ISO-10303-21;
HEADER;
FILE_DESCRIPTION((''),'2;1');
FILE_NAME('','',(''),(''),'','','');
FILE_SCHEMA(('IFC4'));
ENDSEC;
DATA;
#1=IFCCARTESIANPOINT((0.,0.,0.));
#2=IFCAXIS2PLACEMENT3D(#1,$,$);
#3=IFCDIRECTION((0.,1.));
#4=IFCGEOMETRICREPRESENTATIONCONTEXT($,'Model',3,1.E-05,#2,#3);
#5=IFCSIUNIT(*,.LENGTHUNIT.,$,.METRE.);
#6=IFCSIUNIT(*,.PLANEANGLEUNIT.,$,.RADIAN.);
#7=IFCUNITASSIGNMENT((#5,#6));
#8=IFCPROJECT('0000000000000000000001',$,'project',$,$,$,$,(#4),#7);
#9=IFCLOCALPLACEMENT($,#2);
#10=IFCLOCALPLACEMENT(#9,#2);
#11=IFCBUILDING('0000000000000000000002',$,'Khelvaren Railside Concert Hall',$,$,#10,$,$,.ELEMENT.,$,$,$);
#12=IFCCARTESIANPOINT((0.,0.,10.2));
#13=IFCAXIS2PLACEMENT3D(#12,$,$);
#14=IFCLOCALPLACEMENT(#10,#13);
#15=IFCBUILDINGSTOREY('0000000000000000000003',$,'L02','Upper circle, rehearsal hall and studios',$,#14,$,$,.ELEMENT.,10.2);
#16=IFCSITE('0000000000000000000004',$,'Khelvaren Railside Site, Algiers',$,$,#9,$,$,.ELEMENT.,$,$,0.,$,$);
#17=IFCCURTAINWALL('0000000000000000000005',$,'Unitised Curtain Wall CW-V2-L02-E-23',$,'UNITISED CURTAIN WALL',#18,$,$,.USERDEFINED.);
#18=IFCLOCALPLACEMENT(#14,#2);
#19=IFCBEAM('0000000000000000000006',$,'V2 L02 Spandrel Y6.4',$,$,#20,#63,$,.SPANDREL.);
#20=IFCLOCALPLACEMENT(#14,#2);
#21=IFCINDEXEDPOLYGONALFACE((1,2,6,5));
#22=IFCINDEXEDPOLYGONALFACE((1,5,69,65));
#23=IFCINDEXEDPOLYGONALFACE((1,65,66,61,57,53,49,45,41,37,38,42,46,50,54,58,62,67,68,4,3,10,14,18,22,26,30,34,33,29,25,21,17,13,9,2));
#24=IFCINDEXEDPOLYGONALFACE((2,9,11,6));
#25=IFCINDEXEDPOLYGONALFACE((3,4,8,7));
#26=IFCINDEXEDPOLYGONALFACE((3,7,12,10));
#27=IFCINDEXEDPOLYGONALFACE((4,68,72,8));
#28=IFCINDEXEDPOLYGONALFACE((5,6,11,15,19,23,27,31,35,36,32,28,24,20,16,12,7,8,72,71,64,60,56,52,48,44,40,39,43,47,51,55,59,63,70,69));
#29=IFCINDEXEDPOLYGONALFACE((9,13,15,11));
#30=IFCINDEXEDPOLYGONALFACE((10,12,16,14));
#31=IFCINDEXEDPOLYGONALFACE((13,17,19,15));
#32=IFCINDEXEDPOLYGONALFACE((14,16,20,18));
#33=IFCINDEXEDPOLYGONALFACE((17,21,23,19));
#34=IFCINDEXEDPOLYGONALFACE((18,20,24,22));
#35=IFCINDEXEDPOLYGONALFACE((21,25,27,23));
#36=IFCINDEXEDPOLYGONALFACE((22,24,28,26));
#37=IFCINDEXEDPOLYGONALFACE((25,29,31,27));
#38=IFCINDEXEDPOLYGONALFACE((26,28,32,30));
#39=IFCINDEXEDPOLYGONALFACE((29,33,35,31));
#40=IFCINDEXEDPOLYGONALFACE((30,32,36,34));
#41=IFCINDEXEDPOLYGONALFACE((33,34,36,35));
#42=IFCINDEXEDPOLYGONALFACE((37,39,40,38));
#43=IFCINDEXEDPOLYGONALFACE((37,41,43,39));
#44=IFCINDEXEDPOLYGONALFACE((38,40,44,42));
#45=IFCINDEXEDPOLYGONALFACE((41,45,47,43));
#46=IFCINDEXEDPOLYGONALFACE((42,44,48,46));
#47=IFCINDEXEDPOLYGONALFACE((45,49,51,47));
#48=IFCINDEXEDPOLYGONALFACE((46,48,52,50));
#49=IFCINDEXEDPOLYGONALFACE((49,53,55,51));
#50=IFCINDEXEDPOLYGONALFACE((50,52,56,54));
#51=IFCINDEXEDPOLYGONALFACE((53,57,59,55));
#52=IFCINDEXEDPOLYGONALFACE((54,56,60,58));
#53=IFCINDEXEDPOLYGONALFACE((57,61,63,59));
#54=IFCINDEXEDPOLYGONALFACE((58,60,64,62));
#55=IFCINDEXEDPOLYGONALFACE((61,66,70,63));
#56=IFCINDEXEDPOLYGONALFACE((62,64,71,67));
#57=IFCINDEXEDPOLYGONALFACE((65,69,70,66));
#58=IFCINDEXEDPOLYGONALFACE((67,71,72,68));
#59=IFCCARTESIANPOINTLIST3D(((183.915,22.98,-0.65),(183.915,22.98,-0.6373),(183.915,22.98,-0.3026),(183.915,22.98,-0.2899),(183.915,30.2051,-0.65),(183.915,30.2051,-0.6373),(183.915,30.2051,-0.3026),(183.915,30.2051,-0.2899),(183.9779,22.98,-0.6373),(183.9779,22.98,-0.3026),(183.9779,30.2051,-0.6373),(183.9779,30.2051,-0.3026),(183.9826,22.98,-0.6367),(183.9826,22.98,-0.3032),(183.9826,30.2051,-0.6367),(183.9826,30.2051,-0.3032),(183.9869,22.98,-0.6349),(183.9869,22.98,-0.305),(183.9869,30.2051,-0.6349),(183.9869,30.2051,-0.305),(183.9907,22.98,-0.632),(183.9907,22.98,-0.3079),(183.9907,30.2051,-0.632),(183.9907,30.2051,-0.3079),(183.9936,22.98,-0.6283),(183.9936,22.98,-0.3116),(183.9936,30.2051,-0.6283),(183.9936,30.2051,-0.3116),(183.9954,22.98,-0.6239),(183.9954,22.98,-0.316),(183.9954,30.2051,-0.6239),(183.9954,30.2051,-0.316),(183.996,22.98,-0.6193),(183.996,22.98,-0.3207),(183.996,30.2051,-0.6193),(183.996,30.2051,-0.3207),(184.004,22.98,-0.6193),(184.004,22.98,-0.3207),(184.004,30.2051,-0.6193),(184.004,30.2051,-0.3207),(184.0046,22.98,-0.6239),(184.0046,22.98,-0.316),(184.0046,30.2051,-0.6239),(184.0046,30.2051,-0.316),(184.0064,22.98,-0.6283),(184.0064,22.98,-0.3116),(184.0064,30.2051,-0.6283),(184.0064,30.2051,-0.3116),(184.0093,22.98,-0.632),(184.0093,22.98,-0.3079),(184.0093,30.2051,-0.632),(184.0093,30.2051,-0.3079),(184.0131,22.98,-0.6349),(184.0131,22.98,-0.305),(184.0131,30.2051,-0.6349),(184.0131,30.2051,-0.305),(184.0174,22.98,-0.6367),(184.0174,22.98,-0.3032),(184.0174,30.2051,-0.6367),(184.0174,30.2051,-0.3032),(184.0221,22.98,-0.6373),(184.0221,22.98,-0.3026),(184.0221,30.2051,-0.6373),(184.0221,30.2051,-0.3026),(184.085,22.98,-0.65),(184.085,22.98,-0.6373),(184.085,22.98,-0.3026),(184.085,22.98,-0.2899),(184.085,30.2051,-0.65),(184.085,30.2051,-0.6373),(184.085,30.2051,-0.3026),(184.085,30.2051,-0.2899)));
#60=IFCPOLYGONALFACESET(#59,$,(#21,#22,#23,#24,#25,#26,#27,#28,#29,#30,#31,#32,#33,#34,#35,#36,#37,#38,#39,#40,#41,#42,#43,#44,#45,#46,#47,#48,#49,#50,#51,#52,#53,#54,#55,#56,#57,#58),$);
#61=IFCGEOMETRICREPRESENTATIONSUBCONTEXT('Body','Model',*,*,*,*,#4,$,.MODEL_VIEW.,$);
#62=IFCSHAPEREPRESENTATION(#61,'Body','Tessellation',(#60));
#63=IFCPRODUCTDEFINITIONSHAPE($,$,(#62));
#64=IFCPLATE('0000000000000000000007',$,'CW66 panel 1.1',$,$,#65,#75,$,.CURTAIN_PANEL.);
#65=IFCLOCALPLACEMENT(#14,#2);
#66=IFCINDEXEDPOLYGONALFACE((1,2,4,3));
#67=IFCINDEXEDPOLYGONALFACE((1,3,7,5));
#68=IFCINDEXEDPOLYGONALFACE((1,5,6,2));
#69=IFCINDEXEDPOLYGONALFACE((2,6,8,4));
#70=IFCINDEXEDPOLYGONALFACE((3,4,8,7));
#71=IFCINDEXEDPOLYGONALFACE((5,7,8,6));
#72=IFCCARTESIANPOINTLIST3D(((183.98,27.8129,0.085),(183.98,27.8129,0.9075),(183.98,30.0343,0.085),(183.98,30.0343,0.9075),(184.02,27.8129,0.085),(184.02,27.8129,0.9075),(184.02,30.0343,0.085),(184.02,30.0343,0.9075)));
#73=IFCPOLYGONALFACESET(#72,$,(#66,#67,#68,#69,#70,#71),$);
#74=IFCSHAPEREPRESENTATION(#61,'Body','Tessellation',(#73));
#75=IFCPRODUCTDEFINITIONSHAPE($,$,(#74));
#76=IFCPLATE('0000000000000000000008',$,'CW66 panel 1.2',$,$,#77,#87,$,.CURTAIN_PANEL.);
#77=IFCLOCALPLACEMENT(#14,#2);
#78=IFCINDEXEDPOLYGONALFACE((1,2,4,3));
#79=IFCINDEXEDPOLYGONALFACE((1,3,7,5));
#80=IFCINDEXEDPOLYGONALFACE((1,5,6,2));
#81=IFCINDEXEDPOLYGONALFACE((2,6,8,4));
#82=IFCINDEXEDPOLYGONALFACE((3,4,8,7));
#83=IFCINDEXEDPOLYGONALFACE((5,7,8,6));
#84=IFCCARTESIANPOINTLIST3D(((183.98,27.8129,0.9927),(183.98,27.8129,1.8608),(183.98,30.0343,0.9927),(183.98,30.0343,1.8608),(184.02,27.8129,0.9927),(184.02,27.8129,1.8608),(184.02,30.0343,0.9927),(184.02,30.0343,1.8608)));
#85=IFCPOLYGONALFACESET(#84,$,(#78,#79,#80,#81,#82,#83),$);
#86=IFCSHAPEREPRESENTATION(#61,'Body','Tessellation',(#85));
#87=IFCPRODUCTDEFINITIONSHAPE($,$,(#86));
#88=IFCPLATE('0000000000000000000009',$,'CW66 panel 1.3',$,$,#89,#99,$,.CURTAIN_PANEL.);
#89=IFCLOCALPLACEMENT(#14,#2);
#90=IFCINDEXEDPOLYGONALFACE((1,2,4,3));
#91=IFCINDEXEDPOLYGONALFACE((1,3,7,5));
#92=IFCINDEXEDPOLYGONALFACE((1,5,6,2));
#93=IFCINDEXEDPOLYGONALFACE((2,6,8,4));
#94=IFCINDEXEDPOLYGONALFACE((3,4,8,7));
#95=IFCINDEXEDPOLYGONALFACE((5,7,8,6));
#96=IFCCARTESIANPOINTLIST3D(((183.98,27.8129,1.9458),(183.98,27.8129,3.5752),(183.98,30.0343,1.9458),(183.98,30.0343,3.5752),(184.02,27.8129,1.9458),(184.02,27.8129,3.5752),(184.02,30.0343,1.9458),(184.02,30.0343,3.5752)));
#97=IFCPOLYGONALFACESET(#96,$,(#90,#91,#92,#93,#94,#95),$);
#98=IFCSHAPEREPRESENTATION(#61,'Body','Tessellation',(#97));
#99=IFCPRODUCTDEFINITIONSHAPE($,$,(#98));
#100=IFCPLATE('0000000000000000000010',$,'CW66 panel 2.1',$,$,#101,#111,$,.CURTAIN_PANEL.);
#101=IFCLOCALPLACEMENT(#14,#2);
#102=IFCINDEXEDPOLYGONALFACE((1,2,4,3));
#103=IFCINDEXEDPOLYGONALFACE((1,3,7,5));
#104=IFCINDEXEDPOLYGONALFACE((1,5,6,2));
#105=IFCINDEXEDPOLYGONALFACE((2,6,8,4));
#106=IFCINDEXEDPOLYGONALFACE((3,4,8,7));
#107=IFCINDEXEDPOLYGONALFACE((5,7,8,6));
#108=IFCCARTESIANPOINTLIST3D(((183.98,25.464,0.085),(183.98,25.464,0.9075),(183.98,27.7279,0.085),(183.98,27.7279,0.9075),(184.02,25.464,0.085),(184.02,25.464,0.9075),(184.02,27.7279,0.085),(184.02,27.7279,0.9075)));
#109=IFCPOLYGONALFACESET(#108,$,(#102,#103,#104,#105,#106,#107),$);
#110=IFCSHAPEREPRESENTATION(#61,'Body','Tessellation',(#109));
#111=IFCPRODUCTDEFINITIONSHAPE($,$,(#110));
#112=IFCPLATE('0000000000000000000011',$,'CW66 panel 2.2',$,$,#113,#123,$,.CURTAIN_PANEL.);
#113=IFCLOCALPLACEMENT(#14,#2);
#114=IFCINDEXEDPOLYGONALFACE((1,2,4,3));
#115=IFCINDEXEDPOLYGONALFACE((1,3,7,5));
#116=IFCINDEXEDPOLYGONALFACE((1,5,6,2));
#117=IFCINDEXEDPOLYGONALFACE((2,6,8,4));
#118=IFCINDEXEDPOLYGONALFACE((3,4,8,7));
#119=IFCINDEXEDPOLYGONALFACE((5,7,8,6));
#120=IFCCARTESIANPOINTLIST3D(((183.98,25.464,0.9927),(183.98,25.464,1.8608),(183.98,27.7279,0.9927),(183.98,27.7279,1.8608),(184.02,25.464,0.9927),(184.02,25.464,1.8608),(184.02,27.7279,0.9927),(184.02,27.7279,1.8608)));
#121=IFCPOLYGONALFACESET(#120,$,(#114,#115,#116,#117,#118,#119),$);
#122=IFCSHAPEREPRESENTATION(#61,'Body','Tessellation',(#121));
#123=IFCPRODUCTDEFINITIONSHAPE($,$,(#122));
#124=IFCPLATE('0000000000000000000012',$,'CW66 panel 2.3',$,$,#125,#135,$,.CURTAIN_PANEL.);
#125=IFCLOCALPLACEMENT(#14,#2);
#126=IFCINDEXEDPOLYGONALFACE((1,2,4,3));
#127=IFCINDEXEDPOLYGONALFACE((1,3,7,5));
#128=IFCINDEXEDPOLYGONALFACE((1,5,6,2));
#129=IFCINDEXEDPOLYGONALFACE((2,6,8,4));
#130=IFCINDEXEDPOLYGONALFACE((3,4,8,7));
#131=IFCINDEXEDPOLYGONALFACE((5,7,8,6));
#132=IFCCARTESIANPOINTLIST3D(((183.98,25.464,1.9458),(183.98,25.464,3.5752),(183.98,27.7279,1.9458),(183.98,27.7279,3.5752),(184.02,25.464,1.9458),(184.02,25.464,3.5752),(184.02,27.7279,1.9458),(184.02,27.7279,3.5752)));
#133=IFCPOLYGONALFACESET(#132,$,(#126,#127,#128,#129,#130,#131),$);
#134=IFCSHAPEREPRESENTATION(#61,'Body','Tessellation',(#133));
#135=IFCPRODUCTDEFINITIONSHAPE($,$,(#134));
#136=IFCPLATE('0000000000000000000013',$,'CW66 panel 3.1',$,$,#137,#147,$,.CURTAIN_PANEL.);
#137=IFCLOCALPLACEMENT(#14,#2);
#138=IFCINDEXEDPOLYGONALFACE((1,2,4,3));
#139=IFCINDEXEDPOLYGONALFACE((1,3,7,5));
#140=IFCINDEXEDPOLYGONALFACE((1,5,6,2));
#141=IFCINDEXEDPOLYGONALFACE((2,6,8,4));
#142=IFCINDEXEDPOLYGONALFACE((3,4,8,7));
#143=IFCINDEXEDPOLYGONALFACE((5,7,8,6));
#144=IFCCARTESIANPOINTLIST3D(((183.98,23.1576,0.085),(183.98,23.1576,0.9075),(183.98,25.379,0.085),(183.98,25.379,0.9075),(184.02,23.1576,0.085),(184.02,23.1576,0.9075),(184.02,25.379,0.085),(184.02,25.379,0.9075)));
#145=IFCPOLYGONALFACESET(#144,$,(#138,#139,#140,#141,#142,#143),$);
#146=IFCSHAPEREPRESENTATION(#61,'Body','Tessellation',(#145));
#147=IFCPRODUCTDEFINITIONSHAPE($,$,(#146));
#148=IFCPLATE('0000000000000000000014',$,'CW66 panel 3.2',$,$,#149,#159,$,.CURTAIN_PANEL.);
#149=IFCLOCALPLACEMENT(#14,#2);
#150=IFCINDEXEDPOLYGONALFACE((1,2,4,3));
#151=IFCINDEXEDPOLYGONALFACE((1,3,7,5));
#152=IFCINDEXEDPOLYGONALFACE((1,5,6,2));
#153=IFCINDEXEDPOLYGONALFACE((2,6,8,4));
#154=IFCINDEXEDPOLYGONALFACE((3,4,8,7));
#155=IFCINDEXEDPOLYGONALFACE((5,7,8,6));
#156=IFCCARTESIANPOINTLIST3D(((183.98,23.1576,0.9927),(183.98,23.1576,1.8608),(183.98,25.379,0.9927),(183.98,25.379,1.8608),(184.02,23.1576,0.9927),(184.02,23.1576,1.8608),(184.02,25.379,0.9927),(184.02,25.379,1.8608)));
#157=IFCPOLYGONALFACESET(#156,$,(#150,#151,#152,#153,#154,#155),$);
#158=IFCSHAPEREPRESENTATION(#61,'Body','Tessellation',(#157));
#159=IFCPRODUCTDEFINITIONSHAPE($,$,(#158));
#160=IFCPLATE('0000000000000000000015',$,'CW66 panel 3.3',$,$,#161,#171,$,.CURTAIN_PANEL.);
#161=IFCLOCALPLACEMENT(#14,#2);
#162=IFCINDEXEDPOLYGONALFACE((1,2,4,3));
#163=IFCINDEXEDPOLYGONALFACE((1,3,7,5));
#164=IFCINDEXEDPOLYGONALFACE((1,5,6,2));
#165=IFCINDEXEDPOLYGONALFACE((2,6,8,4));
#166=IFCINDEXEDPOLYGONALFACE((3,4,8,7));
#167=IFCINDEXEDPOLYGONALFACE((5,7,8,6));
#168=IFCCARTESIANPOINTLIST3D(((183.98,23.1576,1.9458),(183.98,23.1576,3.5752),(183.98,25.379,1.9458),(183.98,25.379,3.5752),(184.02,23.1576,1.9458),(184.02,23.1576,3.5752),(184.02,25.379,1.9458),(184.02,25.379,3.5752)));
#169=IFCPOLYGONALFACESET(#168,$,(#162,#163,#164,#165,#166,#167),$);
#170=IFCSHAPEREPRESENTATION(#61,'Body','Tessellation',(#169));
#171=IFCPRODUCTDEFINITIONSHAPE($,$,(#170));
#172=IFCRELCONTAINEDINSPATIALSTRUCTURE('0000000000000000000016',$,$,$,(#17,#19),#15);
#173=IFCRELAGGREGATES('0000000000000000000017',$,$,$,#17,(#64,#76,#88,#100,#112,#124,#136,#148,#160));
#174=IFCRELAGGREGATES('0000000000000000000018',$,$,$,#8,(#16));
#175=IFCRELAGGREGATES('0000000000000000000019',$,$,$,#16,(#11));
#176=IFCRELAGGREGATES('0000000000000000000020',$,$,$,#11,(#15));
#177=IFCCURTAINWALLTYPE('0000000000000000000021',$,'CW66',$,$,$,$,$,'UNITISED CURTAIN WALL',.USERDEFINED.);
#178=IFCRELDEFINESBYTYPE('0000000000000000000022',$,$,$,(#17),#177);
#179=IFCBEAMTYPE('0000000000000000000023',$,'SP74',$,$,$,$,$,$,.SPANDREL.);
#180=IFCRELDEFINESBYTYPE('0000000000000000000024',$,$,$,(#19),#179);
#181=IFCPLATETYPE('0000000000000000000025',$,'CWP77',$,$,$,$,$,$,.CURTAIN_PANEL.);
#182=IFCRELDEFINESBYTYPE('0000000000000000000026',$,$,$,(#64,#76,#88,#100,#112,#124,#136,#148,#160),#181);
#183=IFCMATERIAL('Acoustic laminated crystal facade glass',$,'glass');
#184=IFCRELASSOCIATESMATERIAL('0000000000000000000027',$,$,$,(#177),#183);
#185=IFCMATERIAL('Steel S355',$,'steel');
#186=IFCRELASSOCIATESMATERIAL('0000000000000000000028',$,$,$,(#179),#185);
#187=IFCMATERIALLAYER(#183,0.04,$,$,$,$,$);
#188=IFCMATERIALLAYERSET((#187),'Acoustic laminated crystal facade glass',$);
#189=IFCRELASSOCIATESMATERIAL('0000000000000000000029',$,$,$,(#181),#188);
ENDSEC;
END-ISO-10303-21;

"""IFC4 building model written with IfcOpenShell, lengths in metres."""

from ifc_helpers import new_model, si_unit, direction, frame, origin, origin_2d, place, context, subcontext, project, spatial, rectangle, i_section, extrude, material, layer, layer_set, material_profile, profile_set, type_object, element, aggregate, save


model = new_model("IFC4")

# Units and contexts
model_context = context("Model", 3, precision=1e-05, world=origin(), true_north=direction((0.0, 1.0)))
body_context = subcontext(model_context, "Body", "Model", "MODEL_VIEW")
ifc_project = project(units=[si_unit("LENGTHUNIT", "METRE"), si_unit("PLANEANGLEUNIT", "RADIAN")], contexts=[model_context])

# Site, building, storey
site_placement = place(None, origin())
site = spatial("IfcSite", under=ifc_project, at=site_placement, Name="Khelvaren Railside Site, Algiers", CompositionType="ELEMENT", RefElevation=0.0)
building_placement = place(site_placement, origin())
building = spatial("IfcBuilding", under=site, at=building_placement, Name="Khelvaren Railside Concert Hall", CompositionType="ELEMENT")
storey_placement = place(building_placement, frame((0.0, 0.0, 10.2)))
storey = spatial("IfcBuildingStorey", under=building, at=storey_placement, Name="L02", Description="Upper circle, rehearsal hall and studios", CompositionType="ELEMENT", Elevation=10.2)

# Curtain wall
ifc_material_1 = material(Name="Acoustic laminated crystal facade glass", Category="glass")
curtain_wall_type = type_object("IfcCurtainWallType", Name="CW66", ElementType="UNITISED CURTAIN WALL", PredefinedType="USERDEFINED", material=ifc_material_1)
curtain_wall_placement = place(storey_placement, origin())
curtain_wall = element("IfcCurtainWall", 1, at=curtain_wall_placement, inside=storey, type_object=curtain_wall_type, Name="Unitised Curtain Wall CW-V2-L02-E-23", ObjectType="UNITISED CURTAIN WALL", PredefinedType="USERDEFINED")

# Beam
ifc_material_2 = material(Name="Steel S355", Category="steel")
ifc_material_profile_1 = material_profile(ifc_material_2, i_section(OverallWidth=0.1699, OverallDepth=0.3601, WebThickness=0.0081, FlangeThickness=0.0127, FilletRadius=0.0181, at=origin_2d()), Name="IPE 360")
ifc_profile_set_1 = profile_set([ifc_material_profile_1], Name="Steel S355")
beam_type_1 = type_object("IfcBeamType", Name="SP74", PredefinedType="SPANDREL", material=ifc_profile_set_1)
beam_1_placement = place(storey_placement, frame((184.0, 22.98, -0.47), z_axis=(0.0, 1.0, 0.0), x_axis=(-1.0, 0.0, 0.0)))
element("IfcBeam", 2, at=beam_1_placement, inside=storey, type_object=beam_type_1, Name="V2 L02 Spandrel Y6.4", PredefinedType="SPANDREL", context=body_context, shape_type="SweptSolid", body=[
    extrude(i_section(OverallWidth=0.1699, OverallDepth=0.3601, WebThickness=0.0081, FlangeThickness=0.0127, FilletRadius=0.0181, at=origin_2d()), origin(), (0.0, 0.0, 1.0), 7.2251),
])

# Plates
ifc_layer_1 = layer(ifc_material_1, 0.04)
ifc_layer_set_1 = layer_set([ifc_layer_1], Name="Acoustic laminated crystal facade glass")
plate_type = type_object("IfcPlateType", Name="CWP77", PredefinedType="CURTAIN_PANEL", material=ifc_layer_set_1)
plate_1_placement = place(storey_placement, frame((184.0, 28.9236, 0.085), z_axis=(0.0, 0.0, 1.0), x_axis=(0.0, -1.0, 0.0)))
plate_1 = element("IfcPlate", 3, at=plate_1_placement, type_object=plate_type, Name="CW66 panel 1.1", PredefinedType="CURTAIN_PANEL", context=body_context, shape_type="SweptSolid", body=[
    extrude(rectangle(XDim=2.2214, YDim=0.04, at=origin_2d()), origin(), (0.0, 0.0, 1.0), 0.8225),
])
plate_2_placement = place(storey_placement, frame((184.0, 28.9236, 0.9927), z_axis=(0.0, 0.0, 1.0), x_axis=(0.0, -1.0, 0.0)))
plate_2 = element("IfcPlate", 4, at=plate_2_placement, type_object=plate_type, Name="CW66 panel 1.2", PredefinedType="CURTAIN_PANEL", context=body_context, shape_type="SweptSolid", body=[
    extrude(rectangle(XDim=2.2214, YDim=0.04, at=origin_2d()), origin(), (0.0, 0.0, 1.0), 0.8682),
])
plate_3_placement = place(storey_placement, frame((184.0, 28.9236, 1.9458), z_axis=(0.0, 0.0, 1.0), x_axis=(0.0, -1.0, 0.0)))
plate_3 = element("IfcPlate", 5, at=plate_3_placement, type_object=plate_type, Name="CW66 panel 1.3", PredefinedType="CURTAIN_PANEL", context=body_context, shape_type="SweptSolid", body=[
    extrude(rectangle(XDim=2.2214, YDim=0.04, at=origin_2d()), origin(), (0.0, 0.0, 1.0), 1.6294),
])
plate_4_placement = place(storey_placement, frame((184.0, 26.5959, 0.085), z_axis=(0.0, 0.0, 1.0), x_axis=(0.0, -1.0, 0.0)))
plate_4 = element("IfcPlate", 6, at=plate_4_placement, type_object=plate_type, Name="CW66 panel 2.1", PredefinedType="CURTAIN_PANEL", context=body_context, shape_type="SweptSolid", body=[
    extrude(rectangle(XDim=2.2639, YDim=0.04, at=origin_2d()), origin(), (0.0, 0.0, 1.0), 0.8225),
])
plate_5_placement = place(storey_placement, frame((184.0, 26.5959, 0.9927), z_axis=(0.0, 0.0, 1.0), x_axis=(0.0, -1.0, 0.0)))
plate_5 = element("IfcPlate", 7, at=plate_5_placement, type_object=plate_type, Name="CW66 panel 2.2", PredefinedType="CURTAIN_PANEL", context=body_context, shape_type="SweptSolid", body=[
    extrude(rectangle(XDim=2.2639, YDim=0.04, at=origin_2d()), origin(), (0.0, 0.0, 1.0), 0.8682),
])
plate_6_placement = place(storey_placement, frame((184.0, 26.5959, 1.9458), z_axis=(0.0, 0.0, 1.0), x_axis=(0.0, -1.0, 0.0)))
plate_6 = element("IfcPlate", 8, at=plate_6_placement, type_object=plate_type, Name="CW66 panel 2.3", PredefinedType="CURTAIN_PANEL", context=body_context, shape_type="SweptSolid", body=[
    extrude(rectangle(XDim=2.2639, YDim=0.04, at=origin_2d()), origin(), (0.0, 0.0, 1.0), 1.6294),
])
plate_7_placement = place(storey_placement, frame((184.0, 24.2683, 0.085), z_axis=(0.0, 0.0, 1.0), x_axis=(0.0, -1.0, 0.0)))
plate_7 = element("IfcPlate", 9, at=plate_7_placement, type_object=plate_type, Name="CW66 panel 3.1", PredefinedType="CURTAIN_PANEL", context=body_context, shape_type="SweptSolid", body=[
    extrude(rectangle(XDim=2.2214, YDim=0.04, at=origin_2d()), origin(), (0.0, 0.0, 1.0), 0.8225),
])
plate_8_placement = place(storey_placement, frame((184.0, 24.2683, 0.9927), z_axis=(0.0, 0.0, 1.0), x_axis=(0.0, -1.0, 0.0)))
plate_8 = element("IfcPlate", 10, at=plate_8_placement, type_object=plate_type, Name="CW66 panel 3.2", PredefinedType="CURTAIN_PANEL", context=body_context, shape_type="SweptSolid", body=[
    extrude(rectangle(XDim=2.2214, YDim=0.04, at=origin_2d()), origin(), (0.0, 0.0, 1.0), 0.8682),
])
plate_9_placement = place(storey_placement, frame((184.0, 24.2683, 1.9458), z_axis=(0.0, 0.0, 1.0), x_axis=(0.0, -1.0, 0.0)))
plate_9 = element("IfcPlate", 11, at=plate_9_placement, type_object=plate_type, Name="CW66 panel 3.3", PredefinedType="CURTAIN_PANEL", context=body_context, shape_type="SweptSolid", body=[
    extrude(rectangle(XDim=2.2214, YDim=0.04, at=origin_2d()), origin(), (0.0, 0.0, 1.0), 1.6294),
])
aggregate(curtain_wall, [plate_1, plate_2, plate_3, plate_4, plate_5, plate_6, plate_7, plate_8, plate_9])

save(model, "model.ifc")
